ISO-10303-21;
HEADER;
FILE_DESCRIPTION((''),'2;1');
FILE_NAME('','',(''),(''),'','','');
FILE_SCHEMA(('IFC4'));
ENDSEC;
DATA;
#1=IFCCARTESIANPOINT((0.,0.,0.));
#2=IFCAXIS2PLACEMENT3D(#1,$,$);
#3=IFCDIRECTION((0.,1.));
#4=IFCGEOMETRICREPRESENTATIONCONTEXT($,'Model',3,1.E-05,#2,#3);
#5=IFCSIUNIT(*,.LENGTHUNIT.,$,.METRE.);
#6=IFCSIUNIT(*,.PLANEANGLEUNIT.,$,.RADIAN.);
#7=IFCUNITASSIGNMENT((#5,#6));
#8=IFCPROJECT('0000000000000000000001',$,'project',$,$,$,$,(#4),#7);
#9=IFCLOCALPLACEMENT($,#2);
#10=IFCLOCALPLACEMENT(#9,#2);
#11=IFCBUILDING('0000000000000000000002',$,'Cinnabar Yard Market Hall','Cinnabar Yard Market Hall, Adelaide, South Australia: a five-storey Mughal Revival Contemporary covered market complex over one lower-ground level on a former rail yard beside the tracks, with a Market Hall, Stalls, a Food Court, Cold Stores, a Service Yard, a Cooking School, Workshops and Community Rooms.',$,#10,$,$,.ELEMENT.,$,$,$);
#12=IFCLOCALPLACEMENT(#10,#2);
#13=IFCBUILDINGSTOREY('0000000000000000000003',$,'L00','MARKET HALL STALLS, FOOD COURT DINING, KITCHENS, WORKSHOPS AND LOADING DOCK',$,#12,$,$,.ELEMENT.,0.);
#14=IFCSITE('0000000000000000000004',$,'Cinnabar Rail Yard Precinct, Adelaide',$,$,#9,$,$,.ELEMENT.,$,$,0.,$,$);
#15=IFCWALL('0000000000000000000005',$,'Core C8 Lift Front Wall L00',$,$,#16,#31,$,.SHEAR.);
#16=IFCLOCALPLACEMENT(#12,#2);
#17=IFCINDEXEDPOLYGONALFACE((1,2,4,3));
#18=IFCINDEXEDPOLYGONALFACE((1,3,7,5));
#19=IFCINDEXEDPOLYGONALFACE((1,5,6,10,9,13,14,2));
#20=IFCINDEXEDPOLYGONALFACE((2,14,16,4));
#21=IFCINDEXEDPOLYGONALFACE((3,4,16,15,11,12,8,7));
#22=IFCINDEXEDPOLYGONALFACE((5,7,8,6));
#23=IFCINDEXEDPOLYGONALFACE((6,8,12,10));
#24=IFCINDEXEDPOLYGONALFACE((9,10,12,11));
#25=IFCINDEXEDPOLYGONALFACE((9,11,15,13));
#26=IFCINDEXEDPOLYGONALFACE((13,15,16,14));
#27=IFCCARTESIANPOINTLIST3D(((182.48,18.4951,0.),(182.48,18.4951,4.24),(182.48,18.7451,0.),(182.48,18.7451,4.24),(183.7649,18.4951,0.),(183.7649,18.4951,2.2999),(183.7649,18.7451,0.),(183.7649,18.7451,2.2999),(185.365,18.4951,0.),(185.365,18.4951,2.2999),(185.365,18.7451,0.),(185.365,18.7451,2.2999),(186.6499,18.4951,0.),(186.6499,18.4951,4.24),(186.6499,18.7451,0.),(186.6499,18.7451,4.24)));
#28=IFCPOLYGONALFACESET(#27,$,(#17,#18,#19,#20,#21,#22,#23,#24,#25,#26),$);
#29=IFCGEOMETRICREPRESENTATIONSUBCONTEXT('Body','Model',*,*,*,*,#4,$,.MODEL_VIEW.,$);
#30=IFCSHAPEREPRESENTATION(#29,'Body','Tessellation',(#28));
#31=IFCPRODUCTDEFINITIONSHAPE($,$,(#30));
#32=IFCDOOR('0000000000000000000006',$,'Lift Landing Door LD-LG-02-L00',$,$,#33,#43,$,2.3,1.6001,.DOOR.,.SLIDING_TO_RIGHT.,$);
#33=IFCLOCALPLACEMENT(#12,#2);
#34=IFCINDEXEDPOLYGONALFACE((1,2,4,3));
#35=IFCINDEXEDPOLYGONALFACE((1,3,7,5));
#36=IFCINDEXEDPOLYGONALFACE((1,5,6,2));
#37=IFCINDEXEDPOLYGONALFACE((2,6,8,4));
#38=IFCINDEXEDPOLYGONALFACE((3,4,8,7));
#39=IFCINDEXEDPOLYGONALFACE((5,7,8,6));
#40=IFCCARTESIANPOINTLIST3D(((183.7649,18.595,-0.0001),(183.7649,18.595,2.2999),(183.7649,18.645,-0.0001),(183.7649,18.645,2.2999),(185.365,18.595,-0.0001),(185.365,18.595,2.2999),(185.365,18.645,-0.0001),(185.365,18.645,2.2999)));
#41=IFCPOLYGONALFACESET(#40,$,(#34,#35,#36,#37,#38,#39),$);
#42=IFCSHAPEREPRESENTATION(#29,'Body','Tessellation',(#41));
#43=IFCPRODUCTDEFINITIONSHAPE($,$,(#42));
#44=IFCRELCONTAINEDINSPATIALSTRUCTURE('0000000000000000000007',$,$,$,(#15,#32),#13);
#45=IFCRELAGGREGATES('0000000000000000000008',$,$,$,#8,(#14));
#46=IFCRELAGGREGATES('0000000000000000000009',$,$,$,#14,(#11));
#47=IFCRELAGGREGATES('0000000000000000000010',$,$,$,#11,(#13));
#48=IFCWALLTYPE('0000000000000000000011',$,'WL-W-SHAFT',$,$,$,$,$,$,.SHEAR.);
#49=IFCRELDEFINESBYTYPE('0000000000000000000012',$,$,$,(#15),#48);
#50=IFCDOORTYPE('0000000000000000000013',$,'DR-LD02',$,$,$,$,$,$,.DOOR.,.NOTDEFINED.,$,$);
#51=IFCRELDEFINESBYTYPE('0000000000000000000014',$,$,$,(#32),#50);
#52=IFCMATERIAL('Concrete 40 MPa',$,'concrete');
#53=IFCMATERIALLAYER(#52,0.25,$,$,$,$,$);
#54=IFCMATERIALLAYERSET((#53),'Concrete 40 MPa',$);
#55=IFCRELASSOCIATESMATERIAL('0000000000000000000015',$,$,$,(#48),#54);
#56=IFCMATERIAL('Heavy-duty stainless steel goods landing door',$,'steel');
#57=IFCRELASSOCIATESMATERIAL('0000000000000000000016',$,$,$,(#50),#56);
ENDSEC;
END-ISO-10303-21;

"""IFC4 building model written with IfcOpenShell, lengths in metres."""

from ifc_helpers import new_model, si_unit, direction, frame, frame_2d, origin, place, context, subcontext, project, spatial, rectangle, extrude, material, layer, layer_set, type_object, element, fill, save


model = new_model("IFC4")

# Units and contexts
model_context = context("Model", 3, precision=1e-05, world=origin(), true_north=direction((0.0, 1.0)))
body_context = subcontext(model_context, "Body", "Model", "MODEL_VIEW")
ifc_project = project(units=[si_unit("LENGTHUNIT", "METRE"), si_unit("PLANEANGLEUNIT", "RADIAN")], contexts=[model_context])

# Site, building, storey
site_placement = place(None, origin())
site = spatial("IfcSite", under=ifc_project, at=site_placement, Name="Cinnabar Rail Yard Precinct, Adelaide", CompositionType="ELEMENT", RefElevation=0.0)
building_placement = place(site_placement, origin())
building = spatial("IfcBuilding", under=site, at=building_placement, Name="Cinnabar Yard Market Hall", Description="Cinnabar Yard Market Hall, Adelaide, South Australia: a five-storey Mughal Revival Contemporary covered market complex over one lower-ground level on a former rail yard beside the tracks, with a Market Hall, Stalls, a Food Court, Cold Stores, a Service Yard, a Cooking School, Workshops and Community Rooms.", CompositionType="ELEMENT")
storey_placement = place(building_placement, origin())
storey = spatial("IfcBuildingStorey", under=building, at=storey_placement, Name="L00", Description="MARKET HALL STALLS, FOOD COURT DINING, KITCHENS, WORKSHOPS AND LOADING DOCK", CompositionType="ELEMENT", Elevation=0.0)

# Shared definitions
ifc_material_1 = material(Name="Concrete 40 MPa", Category="concrete")

# Wall, opening, door
ifc_layer_1 = layer(ifc_material_1, 0.25)
ifc_layer_set_1 = layer_set([ifc_layer_1], Name="Concrete 40 MPa")
wall_type_1 = type_object("IfcWallType", Name="WL-W-SHAFT", PredefinedType="SHEAR", material=ifc_layer_set_1)
wall_1_placement = place(storey_placement, frame((182.48, 18.6201, 0.0), z_axis=(0.0, 0.0, 1.0), x_axis=(1.0, 0.0, 0.0)))
wall_1 = element("IfcWall", 1, at=wall_1_placement, inside=storey, type_object=wall_type_1, Name="Core C8 Lift Front Wall L00", PredefinedType="SHEAR", context=body_context, shape_type="SweptSolid", body=[
    extrude(rectangle(XDim=4.1699, YDim=0.25, at=frame_2d((2.085, 0.0), x_axis=(1.0, 0.0))), origin(), (0.0, 0.0, 1.0), 4.24),
])
opening_1_placement = place(wall_1_placement, frame((1.2849, 0.0, 0.0)))
opening_1 = element("IfcOpeningElement", 2, at=opening_1_placement, cuts=wall_1, PredefinedType="OPENING", context=body_context, shape_type="SweptSolid", body=[
    extrude(rectangle(XDim=1.6001, YDim=2.3, at=frame_2d((0.8, 1.1499), x_axis=(1.0, 0.0))), frame((0.0, 0.135, 0.0), z_axis=(0.0, -1.0, 0.0), x_axis=(1.0, 0.0, 0.0)), (0.0, 0.0, 1.0), 0.27),
])
ifc_material_2 = material(Name="Heavy-duty stainless steel goods landing door", Category="steel")
door_type_1 = type_object("IfcDoorType", Name="DR-LD02", OperationType="NOTDEFINED", PredefinedType="DOOR", material=ifc_material_2)
door_1_placement = place(opening_1_placement, origin())
door_1 = element("IfcDoor", 3, at=door_1_placement, inside=storey, type_object=door_type_1, Name="Lift Landing Door LD-LG-02-L00", OperationType="SLIDING_TO_RIGHT", OverallHeight=2.3, OverallWidth=1.6001, PredefinedType="DOOR", context=body_context, shape_type="SweptSolid", body=[
    extrude(rectangle(XDim=1.6001, YDim=2.3, at=frame_2d((0.8, 1.1499), x_axis=(1.0, 0.0))), frame((0.0, 0.0249, 0.0), z_axis=(0.0, -1.0, 0.0), x_axis=(1.0, 0.0, 0.0)), (0.0, 0.0, 1.0), 0.05),
])
fill(opening_1, door_1)

save(model, "model.ifc")
